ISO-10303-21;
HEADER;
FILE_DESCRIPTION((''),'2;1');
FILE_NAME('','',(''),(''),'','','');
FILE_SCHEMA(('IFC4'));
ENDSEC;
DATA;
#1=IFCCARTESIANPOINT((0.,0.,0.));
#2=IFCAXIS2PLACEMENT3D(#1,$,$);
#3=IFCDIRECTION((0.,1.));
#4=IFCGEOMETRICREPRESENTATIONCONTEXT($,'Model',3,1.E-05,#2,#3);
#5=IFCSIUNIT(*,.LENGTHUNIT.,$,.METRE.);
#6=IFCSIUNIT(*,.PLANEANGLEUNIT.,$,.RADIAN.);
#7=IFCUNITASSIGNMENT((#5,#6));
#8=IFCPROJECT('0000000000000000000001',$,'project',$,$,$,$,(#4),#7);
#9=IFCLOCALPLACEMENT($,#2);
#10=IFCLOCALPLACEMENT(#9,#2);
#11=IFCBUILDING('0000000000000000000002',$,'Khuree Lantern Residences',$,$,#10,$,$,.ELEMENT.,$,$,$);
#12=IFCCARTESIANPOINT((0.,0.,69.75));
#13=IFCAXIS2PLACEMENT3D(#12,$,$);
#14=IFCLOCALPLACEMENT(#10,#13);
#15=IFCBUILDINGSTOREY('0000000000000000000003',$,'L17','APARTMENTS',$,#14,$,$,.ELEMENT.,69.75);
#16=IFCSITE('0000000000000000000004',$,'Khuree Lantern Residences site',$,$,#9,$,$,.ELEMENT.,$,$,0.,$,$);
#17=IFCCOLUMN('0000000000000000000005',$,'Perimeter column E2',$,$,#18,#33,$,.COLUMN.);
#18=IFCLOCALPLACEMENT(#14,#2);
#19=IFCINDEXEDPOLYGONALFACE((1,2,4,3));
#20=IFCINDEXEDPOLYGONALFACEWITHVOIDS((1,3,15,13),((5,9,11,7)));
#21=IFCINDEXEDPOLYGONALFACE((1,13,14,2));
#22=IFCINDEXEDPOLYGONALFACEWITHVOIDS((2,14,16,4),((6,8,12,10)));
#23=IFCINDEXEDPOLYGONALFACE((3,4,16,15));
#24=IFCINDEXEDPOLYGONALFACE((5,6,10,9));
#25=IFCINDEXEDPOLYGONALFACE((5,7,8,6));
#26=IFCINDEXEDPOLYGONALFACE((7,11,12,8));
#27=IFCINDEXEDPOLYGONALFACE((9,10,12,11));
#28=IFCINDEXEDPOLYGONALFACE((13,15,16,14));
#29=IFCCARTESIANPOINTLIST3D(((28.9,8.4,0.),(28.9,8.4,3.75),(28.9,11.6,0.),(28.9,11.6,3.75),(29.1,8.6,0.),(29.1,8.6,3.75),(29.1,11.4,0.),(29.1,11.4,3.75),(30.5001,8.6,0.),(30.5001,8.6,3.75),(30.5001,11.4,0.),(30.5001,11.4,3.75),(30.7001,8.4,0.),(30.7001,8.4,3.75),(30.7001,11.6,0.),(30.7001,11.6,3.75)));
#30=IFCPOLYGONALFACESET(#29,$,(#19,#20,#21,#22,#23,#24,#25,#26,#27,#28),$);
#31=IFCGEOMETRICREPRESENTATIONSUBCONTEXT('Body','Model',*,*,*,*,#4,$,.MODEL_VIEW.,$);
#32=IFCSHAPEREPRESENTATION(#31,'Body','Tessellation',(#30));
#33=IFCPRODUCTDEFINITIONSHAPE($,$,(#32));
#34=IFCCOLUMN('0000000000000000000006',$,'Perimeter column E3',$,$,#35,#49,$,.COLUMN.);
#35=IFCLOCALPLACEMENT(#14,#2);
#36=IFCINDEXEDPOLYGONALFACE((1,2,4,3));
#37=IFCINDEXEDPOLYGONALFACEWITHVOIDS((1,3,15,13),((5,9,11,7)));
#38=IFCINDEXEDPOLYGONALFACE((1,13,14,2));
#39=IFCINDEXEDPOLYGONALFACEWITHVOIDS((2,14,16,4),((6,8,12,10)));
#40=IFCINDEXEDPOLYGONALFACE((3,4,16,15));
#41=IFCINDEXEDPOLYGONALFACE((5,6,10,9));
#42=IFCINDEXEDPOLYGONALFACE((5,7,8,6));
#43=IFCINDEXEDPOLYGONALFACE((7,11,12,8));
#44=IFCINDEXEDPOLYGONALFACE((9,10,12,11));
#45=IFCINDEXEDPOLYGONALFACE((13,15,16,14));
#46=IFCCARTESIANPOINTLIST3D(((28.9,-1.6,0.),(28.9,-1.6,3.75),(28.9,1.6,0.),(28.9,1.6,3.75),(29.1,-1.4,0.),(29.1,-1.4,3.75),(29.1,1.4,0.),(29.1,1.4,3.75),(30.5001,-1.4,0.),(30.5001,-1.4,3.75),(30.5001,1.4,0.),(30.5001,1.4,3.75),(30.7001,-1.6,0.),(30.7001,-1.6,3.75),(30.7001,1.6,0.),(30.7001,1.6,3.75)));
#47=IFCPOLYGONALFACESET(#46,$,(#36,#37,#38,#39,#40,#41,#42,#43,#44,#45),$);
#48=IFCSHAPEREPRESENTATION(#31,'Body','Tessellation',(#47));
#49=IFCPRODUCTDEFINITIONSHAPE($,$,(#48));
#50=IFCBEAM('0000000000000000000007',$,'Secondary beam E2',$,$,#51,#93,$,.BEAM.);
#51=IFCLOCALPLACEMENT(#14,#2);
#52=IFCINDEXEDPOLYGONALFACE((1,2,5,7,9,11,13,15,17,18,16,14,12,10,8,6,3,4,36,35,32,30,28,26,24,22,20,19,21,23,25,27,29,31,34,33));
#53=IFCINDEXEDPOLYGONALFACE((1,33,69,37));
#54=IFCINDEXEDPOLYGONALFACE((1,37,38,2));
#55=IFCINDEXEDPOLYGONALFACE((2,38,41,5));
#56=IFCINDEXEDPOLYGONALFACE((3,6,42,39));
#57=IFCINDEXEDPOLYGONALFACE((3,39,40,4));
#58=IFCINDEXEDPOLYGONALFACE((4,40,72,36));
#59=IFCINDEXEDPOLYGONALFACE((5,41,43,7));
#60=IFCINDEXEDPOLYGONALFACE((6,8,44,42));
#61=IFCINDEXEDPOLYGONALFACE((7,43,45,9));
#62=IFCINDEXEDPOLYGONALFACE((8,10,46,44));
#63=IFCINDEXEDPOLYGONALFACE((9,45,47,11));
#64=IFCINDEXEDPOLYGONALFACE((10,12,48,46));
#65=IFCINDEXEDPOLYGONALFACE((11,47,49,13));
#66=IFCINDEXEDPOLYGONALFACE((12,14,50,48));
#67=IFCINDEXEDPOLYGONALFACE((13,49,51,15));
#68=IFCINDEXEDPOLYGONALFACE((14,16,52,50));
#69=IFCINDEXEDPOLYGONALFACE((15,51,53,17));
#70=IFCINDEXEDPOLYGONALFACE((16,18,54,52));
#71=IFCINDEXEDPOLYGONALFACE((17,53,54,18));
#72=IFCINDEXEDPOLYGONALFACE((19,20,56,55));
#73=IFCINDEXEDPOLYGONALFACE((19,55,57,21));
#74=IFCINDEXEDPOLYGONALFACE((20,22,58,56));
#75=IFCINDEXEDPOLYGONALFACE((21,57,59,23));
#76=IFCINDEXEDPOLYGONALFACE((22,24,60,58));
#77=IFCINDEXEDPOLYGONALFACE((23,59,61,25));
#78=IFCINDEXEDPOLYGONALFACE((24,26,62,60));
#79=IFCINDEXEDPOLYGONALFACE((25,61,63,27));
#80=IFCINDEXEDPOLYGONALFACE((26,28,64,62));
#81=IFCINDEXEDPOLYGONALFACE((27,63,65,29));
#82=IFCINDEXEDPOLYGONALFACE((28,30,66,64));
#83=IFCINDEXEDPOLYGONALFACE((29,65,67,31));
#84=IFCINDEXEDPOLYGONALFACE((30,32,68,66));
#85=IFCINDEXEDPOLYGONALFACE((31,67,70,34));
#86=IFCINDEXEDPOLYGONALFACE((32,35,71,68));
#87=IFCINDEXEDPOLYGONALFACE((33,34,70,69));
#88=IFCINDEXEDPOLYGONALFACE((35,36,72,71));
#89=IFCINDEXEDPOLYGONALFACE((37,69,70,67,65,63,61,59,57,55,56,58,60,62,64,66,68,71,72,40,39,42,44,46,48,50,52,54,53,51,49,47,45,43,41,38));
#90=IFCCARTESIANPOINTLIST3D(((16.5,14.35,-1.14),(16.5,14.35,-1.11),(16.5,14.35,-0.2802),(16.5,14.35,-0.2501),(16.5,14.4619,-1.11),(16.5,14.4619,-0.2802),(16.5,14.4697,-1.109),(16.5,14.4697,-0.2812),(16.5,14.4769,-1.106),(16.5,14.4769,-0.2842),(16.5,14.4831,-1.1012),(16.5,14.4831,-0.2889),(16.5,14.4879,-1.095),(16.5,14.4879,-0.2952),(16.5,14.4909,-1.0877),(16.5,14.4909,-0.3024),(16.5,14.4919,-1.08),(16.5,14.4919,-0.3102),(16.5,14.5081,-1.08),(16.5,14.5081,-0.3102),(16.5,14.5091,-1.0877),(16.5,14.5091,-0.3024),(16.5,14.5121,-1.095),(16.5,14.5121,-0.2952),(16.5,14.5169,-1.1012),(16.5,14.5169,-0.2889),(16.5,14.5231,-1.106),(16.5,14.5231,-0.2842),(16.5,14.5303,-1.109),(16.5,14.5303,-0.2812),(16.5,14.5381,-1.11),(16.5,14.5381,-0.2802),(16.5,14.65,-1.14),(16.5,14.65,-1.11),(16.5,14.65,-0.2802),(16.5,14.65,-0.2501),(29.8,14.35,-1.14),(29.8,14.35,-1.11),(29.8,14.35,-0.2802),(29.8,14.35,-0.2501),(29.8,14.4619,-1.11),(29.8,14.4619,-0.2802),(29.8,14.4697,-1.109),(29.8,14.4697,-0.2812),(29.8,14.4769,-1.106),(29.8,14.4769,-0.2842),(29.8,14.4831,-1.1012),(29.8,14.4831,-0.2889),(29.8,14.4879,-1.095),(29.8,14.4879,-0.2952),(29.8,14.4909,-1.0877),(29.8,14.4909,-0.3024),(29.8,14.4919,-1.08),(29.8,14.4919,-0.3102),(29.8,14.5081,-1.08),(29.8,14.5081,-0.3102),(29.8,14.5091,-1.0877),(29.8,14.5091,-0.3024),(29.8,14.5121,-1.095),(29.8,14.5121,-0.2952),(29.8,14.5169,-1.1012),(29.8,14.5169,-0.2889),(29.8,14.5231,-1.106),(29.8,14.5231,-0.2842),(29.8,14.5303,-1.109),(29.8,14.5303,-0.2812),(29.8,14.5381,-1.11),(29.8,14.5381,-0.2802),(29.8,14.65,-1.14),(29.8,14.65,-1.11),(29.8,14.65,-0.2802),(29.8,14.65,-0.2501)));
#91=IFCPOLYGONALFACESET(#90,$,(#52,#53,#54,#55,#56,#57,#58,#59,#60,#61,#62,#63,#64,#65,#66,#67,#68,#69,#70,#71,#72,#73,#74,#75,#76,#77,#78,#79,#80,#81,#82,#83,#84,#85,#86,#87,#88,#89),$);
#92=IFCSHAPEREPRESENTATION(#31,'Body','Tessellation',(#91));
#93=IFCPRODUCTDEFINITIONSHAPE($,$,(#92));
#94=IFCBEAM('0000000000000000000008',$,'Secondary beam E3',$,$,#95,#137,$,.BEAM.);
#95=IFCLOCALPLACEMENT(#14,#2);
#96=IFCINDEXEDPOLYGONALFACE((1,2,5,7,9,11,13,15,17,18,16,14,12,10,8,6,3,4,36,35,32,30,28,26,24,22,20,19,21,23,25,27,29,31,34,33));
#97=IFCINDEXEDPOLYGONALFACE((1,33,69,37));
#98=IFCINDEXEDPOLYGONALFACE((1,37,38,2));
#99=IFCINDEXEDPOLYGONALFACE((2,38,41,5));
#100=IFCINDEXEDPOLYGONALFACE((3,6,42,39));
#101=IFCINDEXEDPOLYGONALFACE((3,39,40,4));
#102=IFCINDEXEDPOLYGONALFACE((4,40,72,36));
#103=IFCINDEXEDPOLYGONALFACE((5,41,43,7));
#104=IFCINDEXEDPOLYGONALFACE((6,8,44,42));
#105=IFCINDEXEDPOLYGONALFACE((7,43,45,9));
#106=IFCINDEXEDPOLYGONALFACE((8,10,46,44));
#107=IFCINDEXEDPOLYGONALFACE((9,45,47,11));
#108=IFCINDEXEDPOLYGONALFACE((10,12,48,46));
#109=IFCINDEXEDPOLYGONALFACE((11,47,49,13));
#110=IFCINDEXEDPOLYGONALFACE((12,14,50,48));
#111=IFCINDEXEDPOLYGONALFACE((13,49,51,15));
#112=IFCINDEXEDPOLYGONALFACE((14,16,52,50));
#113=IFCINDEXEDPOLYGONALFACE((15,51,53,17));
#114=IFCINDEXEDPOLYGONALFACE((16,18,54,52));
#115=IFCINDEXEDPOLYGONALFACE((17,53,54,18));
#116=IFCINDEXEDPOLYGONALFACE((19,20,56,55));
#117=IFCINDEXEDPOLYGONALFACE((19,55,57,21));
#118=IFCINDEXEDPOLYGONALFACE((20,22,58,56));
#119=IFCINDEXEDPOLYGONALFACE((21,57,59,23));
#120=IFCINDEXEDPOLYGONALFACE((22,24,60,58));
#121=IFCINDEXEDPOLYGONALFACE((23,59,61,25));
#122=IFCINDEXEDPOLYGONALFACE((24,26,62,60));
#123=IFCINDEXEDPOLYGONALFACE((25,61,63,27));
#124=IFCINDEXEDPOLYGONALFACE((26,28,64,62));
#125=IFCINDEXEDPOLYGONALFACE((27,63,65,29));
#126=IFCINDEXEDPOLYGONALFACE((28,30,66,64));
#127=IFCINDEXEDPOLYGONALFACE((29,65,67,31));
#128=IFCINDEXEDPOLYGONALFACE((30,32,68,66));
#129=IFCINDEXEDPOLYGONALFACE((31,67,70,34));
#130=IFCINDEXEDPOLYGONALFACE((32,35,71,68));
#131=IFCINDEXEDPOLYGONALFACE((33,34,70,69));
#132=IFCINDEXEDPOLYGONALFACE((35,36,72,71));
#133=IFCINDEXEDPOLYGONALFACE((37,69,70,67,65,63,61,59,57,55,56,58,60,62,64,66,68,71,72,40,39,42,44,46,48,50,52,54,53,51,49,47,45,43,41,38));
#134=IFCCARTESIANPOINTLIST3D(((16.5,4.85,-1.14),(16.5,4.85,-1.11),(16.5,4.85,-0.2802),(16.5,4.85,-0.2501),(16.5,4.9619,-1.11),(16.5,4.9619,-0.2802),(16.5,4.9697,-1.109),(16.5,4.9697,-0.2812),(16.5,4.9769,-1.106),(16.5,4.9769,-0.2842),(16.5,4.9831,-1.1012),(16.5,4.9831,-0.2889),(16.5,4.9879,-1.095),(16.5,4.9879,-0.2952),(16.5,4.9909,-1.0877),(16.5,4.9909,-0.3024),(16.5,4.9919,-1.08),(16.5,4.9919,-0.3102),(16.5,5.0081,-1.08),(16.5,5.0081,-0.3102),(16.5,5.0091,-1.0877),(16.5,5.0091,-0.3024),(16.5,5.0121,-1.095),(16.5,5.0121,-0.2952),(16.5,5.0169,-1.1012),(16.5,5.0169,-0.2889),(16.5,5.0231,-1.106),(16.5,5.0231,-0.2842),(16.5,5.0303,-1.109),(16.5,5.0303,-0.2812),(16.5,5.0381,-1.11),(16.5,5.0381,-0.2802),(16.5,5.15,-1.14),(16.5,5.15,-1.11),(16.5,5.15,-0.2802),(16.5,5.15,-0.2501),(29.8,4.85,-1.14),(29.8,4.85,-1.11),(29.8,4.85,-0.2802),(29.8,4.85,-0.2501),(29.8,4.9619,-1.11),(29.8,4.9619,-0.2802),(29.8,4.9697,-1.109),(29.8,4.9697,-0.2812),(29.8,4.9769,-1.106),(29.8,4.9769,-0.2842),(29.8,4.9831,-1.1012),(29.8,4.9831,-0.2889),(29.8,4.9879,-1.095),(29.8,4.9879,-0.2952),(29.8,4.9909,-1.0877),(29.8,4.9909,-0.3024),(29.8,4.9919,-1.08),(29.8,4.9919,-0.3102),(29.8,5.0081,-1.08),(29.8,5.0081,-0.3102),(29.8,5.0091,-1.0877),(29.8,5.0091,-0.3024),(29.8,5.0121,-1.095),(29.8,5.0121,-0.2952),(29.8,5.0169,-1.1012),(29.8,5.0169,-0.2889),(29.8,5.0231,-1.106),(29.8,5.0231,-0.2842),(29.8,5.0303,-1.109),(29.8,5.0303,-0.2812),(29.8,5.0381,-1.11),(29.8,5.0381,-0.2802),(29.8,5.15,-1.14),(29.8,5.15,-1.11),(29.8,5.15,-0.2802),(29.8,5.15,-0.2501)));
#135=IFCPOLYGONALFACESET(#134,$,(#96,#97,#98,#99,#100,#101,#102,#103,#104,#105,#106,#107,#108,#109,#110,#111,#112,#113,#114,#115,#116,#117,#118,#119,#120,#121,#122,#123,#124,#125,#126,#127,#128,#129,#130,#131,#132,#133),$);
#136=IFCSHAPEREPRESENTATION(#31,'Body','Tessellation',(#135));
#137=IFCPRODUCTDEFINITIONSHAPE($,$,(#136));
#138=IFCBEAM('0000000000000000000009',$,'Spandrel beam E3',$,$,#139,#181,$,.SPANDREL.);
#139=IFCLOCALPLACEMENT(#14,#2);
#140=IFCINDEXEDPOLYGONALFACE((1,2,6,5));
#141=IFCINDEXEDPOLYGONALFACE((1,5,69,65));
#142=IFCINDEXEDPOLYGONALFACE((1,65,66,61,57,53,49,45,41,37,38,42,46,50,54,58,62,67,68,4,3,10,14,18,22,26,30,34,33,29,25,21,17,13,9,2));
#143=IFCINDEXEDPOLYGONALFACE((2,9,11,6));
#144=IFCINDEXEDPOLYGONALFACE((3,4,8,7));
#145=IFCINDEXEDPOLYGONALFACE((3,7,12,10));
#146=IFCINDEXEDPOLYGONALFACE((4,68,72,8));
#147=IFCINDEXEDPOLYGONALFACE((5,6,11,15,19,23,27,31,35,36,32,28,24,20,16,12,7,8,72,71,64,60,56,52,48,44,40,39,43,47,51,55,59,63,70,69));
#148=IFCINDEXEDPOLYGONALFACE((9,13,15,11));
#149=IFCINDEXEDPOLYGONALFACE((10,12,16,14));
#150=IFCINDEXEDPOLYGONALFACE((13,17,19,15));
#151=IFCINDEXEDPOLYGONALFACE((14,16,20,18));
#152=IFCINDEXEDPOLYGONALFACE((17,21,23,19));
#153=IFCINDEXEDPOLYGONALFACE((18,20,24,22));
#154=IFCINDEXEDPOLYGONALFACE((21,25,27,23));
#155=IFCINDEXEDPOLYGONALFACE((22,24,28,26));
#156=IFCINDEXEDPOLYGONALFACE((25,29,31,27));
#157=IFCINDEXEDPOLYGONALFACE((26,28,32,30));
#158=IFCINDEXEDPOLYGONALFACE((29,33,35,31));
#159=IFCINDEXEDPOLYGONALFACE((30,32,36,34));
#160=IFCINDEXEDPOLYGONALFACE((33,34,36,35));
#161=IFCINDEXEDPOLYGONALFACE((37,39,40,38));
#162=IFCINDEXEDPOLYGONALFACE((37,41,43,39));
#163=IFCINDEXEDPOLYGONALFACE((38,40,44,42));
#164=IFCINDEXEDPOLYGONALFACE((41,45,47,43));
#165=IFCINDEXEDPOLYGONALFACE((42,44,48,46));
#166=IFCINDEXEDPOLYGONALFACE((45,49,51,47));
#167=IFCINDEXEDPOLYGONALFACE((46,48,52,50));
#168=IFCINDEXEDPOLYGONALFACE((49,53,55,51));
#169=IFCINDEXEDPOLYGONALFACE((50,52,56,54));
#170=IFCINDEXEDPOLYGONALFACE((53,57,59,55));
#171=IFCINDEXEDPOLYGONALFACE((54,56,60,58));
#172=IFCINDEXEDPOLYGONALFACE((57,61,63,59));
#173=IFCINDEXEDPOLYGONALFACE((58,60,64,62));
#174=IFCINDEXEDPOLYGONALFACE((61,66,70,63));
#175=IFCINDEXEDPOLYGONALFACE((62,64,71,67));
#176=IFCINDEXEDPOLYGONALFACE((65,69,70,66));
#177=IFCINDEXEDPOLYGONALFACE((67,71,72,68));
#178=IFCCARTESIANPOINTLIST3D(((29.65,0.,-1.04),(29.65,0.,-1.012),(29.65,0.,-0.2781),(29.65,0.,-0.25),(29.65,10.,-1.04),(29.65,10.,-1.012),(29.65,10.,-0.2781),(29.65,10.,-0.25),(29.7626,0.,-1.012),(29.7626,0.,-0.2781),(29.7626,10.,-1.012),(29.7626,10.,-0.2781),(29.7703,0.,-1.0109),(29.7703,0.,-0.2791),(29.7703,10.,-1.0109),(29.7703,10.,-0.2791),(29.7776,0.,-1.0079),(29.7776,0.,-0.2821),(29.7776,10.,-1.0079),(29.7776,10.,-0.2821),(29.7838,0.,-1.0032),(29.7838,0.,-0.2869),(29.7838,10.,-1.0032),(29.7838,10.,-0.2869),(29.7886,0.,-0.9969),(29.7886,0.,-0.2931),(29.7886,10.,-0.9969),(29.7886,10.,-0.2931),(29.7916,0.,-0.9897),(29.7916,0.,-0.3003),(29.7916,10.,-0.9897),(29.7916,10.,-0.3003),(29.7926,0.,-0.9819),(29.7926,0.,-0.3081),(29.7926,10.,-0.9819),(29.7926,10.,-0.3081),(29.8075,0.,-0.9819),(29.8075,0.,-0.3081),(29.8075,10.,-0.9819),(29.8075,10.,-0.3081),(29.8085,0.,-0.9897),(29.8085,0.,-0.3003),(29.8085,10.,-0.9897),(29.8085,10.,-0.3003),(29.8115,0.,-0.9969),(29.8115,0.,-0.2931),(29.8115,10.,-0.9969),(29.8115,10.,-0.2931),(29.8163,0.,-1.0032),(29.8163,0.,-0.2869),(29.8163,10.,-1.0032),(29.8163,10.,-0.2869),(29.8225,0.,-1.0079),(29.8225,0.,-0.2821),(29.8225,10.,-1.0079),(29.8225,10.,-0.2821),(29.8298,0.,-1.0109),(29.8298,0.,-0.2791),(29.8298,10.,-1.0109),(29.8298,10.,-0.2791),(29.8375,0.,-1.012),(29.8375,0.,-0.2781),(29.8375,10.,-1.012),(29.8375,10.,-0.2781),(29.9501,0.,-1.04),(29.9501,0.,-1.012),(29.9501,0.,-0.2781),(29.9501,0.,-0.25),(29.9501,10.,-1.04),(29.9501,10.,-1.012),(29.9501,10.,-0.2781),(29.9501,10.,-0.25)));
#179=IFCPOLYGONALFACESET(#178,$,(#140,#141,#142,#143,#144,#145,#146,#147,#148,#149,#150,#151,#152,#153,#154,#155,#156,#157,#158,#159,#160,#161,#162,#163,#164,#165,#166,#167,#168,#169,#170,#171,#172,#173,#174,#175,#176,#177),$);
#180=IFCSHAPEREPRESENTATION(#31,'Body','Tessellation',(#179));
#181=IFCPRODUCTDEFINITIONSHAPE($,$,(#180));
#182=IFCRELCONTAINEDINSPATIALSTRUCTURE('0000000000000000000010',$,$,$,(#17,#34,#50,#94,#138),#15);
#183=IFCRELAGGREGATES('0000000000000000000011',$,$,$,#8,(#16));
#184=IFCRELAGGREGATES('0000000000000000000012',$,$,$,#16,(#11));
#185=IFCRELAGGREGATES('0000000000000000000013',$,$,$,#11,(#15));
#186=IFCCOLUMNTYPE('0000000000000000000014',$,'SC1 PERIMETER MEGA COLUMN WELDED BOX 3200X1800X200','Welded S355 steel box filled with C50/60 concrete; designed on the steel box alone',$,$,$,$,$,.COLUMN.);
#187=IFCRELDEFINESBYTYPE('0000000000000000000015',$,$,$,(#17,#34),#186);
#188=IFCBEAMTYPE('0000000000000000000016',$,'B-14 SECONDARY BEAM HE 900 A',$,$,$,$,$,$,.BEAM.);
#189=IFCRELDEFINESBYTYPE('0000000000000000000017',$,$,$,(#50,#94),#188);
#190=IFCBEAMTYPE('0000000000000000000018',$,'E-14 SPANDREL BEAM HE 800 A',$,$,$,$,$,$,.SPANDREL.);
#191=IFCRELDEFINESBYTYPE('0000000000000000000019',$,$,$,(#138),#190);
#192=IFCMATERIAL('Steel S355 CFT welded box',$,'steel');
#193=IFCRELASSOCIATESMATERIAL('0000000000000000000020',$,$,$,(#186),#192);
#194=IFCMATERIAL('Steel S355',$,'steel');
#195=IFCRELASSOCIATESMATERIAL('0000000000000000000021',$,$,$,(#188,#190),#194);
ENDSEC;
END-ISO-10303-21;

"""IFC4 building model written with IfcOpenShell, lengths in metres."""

from ifc_helpers import new_model, si_unit, direction, frame, origin, origin_2d, place, context, subcontext, project, spatial, hollow_rectangle, i_section, extrude, material, material_profile, profile_set, type_object, element, save


model = new_model("IFC4")

# Units and contexts
model_context = context("Model", 3, precision=1e-05, world=origin(), true_north=direction((0.0, 1.0)))
body_context = subcontext(model_context, "Body", "Model", "MODEL_VIEW")
ifc_project = project(units=[si_unit("LENGTHUNIT", "METRE"), si_unit("PLANEANGLEUNIT", "RADIAN")], contexts=[model_context])

# Site, building, storey
site_placement = place(None, origin())
site = spatial("IfcSite", under=ifc_project, at=site_placement, Name="Khuree Lantern Residences site", CompositionType="ELEMENT", RefElevation=0.0)
building_placement = place(site_placement, origin())
building = spatial("IfcBuilding", under=site, at=building_placement, Name="Khuree Lantern Residences", CompositionType="ELEMENT")
storey_placement = place(building_placement, frame((0.0, 0.0, 69.75)))
storey = spatial("IfcBuildingStorey", under=building, at=storey_placement, Name="L17", Description="APARTMENTS", CompositionType="ELEMENT", Elevation=69.75)

# Columns
ifc_material_1 = material(Name="Steel S355 CFT welded box", Category="steel")
ifc_material_profile_1 = material_profile(ifc_material_1, hollow_rectangle(XDim=3.2, YDim=1.8, WallThickness=0.2, at=origin_2d()), Name="WELDED BOX 3200X1800X200")
ifc_profile_set_1 = profile_set([ifc_material_profile_1], Name="Steel S355 CFT welded box")
column_type = type_object("IfcColumnType", Name="SC1 PERIMETER MEGA COLUMN WELDED BOX 3200X1800X200", Description="Welded S355 steel box filled with C50/60 concrete; designed on the steel box alone", PredefinedType="COLUMN", material=ifc_profile_set_1)
for number, where, z_axis, x_axis, name in (
    (1, (29.8, 10.0, 0.0), (0.0, 0.0, 1.0), (0.0, 1.0, 0.0), "Perimeter column E2"),
    (2, (29.8, 0.0, 0.0), (0.0, 0.0, 1.0), (0.0, 1.0, 0.0), "Perimeter column E3"),
):
    element("IfcColumn", number, at=place(storey_placement, frame(where, z_axis=z_axis, x_axis=x_axis)), inside=storey, type_object=column_type, Name=name, PredefinedType="COLUMN", context=body_context, shape_type="SweptSolid", body=[
        extrude(hollow_rectangle(XDim=3.2, YDim=1.8, WallThickness=0.2, at=origin_2d()), origin(), (0.0, 0.0, 1.0), 3.75),
    ])

# Beams
ifc_material_2 = material(Name="Steel S355", Category="steel")
ifc_material_profile_2 = material_profile(ifc_material_2, i_section(OverallWidth=0.3, OverallDepth=0.8899, WebThickness=0.0161, FlangeThickness=0.03, FilletRadius=0.03, at=origin_2d()), Name="HE 900 A")
ifc_profile_set_2 = profile_set([ifc_material_profile_2], Name="Steel S355")
beam_type_1 = type_object("IfcBeamType", Name="B-14 SECONDARY BEAM HE 900 A", PredefinedType="BEAM", material=ifc_profile_set_2)
for number, where, z_axis, x_axis, name in (
    (3, (29.8, 14.5, -0.6951), (-1.0, 0.0, 0.0), (0.0, -1.0, 0.0), "Secondary beam E2"),
    (4, (29.8, 5.0, -0.6951), (-1.0, 0.0, 0.0), (0.0, -1.0, 0.0), "Secondary beam E3"),
):
    element("IfcBeam", number, at=place(storey_placement, frame(where, z_axis=z_axis, x_axis=x_axis)), inside=storey, type_object=beam_type_1, Name=name, PredefinedType="BEAM", context=body_context, shape_type="SweptSolid", body=[
        extrude(i_section(OverallWidth=0.3, OverallDepth=0.8899, WebThickness=0.0161, FlangeThickness=0.03, FilletRadius=0.03, at=origin_2d()), origin(), (0.0, 0.0, 1.0), 13.3),
    ])
ifc_material_profile_3 = material_profile(ifc_material_2, i_section(OverallWidth=0.3, OverallDepth=0.79, WebThickness=0.0149, FlangeThickness=0.0281, FilletRadius=0.03, at=origin_2d()), Name="HE 800 A")
ifc_profile_set_3 = profile_set([ifc_material_profile_3], Name="Steel S355")
beam_type_2 = type_object("IfcBeamType", Name="E-14 SPANDREL BEAM HE 800 A", PredefinedType="SPANDREL", material=ifc_profile_set_3)
for number, where, z_axis, x_axis, name in (
    (5, (29.8, 10.0, -0.645), (0.0, -1.0, 0.0), (1.0, 0.0, 0.0), "Spandrel beam E3"),
):
    element("IfcBeam", number, at=place(storey_placement, frame(where, z_axis=z_axis, x_axis=x_axis)), inside=storey, type_object=beam_type_2, Name=name, PredefinedType="SPANDREL", context=body_context, shape_type="SweptSolid", body=[
        extrude(i_section(OverallWidth=0.3, OverallDepth=0.79, WebThickness=0.0149, FlangeThickness=0.0281, FilletRadius=0.03, at=origin_2d()), origin(), (0.0, 0.0, 1.0), 10.0),
    ])

save(model, "model.ifc")
